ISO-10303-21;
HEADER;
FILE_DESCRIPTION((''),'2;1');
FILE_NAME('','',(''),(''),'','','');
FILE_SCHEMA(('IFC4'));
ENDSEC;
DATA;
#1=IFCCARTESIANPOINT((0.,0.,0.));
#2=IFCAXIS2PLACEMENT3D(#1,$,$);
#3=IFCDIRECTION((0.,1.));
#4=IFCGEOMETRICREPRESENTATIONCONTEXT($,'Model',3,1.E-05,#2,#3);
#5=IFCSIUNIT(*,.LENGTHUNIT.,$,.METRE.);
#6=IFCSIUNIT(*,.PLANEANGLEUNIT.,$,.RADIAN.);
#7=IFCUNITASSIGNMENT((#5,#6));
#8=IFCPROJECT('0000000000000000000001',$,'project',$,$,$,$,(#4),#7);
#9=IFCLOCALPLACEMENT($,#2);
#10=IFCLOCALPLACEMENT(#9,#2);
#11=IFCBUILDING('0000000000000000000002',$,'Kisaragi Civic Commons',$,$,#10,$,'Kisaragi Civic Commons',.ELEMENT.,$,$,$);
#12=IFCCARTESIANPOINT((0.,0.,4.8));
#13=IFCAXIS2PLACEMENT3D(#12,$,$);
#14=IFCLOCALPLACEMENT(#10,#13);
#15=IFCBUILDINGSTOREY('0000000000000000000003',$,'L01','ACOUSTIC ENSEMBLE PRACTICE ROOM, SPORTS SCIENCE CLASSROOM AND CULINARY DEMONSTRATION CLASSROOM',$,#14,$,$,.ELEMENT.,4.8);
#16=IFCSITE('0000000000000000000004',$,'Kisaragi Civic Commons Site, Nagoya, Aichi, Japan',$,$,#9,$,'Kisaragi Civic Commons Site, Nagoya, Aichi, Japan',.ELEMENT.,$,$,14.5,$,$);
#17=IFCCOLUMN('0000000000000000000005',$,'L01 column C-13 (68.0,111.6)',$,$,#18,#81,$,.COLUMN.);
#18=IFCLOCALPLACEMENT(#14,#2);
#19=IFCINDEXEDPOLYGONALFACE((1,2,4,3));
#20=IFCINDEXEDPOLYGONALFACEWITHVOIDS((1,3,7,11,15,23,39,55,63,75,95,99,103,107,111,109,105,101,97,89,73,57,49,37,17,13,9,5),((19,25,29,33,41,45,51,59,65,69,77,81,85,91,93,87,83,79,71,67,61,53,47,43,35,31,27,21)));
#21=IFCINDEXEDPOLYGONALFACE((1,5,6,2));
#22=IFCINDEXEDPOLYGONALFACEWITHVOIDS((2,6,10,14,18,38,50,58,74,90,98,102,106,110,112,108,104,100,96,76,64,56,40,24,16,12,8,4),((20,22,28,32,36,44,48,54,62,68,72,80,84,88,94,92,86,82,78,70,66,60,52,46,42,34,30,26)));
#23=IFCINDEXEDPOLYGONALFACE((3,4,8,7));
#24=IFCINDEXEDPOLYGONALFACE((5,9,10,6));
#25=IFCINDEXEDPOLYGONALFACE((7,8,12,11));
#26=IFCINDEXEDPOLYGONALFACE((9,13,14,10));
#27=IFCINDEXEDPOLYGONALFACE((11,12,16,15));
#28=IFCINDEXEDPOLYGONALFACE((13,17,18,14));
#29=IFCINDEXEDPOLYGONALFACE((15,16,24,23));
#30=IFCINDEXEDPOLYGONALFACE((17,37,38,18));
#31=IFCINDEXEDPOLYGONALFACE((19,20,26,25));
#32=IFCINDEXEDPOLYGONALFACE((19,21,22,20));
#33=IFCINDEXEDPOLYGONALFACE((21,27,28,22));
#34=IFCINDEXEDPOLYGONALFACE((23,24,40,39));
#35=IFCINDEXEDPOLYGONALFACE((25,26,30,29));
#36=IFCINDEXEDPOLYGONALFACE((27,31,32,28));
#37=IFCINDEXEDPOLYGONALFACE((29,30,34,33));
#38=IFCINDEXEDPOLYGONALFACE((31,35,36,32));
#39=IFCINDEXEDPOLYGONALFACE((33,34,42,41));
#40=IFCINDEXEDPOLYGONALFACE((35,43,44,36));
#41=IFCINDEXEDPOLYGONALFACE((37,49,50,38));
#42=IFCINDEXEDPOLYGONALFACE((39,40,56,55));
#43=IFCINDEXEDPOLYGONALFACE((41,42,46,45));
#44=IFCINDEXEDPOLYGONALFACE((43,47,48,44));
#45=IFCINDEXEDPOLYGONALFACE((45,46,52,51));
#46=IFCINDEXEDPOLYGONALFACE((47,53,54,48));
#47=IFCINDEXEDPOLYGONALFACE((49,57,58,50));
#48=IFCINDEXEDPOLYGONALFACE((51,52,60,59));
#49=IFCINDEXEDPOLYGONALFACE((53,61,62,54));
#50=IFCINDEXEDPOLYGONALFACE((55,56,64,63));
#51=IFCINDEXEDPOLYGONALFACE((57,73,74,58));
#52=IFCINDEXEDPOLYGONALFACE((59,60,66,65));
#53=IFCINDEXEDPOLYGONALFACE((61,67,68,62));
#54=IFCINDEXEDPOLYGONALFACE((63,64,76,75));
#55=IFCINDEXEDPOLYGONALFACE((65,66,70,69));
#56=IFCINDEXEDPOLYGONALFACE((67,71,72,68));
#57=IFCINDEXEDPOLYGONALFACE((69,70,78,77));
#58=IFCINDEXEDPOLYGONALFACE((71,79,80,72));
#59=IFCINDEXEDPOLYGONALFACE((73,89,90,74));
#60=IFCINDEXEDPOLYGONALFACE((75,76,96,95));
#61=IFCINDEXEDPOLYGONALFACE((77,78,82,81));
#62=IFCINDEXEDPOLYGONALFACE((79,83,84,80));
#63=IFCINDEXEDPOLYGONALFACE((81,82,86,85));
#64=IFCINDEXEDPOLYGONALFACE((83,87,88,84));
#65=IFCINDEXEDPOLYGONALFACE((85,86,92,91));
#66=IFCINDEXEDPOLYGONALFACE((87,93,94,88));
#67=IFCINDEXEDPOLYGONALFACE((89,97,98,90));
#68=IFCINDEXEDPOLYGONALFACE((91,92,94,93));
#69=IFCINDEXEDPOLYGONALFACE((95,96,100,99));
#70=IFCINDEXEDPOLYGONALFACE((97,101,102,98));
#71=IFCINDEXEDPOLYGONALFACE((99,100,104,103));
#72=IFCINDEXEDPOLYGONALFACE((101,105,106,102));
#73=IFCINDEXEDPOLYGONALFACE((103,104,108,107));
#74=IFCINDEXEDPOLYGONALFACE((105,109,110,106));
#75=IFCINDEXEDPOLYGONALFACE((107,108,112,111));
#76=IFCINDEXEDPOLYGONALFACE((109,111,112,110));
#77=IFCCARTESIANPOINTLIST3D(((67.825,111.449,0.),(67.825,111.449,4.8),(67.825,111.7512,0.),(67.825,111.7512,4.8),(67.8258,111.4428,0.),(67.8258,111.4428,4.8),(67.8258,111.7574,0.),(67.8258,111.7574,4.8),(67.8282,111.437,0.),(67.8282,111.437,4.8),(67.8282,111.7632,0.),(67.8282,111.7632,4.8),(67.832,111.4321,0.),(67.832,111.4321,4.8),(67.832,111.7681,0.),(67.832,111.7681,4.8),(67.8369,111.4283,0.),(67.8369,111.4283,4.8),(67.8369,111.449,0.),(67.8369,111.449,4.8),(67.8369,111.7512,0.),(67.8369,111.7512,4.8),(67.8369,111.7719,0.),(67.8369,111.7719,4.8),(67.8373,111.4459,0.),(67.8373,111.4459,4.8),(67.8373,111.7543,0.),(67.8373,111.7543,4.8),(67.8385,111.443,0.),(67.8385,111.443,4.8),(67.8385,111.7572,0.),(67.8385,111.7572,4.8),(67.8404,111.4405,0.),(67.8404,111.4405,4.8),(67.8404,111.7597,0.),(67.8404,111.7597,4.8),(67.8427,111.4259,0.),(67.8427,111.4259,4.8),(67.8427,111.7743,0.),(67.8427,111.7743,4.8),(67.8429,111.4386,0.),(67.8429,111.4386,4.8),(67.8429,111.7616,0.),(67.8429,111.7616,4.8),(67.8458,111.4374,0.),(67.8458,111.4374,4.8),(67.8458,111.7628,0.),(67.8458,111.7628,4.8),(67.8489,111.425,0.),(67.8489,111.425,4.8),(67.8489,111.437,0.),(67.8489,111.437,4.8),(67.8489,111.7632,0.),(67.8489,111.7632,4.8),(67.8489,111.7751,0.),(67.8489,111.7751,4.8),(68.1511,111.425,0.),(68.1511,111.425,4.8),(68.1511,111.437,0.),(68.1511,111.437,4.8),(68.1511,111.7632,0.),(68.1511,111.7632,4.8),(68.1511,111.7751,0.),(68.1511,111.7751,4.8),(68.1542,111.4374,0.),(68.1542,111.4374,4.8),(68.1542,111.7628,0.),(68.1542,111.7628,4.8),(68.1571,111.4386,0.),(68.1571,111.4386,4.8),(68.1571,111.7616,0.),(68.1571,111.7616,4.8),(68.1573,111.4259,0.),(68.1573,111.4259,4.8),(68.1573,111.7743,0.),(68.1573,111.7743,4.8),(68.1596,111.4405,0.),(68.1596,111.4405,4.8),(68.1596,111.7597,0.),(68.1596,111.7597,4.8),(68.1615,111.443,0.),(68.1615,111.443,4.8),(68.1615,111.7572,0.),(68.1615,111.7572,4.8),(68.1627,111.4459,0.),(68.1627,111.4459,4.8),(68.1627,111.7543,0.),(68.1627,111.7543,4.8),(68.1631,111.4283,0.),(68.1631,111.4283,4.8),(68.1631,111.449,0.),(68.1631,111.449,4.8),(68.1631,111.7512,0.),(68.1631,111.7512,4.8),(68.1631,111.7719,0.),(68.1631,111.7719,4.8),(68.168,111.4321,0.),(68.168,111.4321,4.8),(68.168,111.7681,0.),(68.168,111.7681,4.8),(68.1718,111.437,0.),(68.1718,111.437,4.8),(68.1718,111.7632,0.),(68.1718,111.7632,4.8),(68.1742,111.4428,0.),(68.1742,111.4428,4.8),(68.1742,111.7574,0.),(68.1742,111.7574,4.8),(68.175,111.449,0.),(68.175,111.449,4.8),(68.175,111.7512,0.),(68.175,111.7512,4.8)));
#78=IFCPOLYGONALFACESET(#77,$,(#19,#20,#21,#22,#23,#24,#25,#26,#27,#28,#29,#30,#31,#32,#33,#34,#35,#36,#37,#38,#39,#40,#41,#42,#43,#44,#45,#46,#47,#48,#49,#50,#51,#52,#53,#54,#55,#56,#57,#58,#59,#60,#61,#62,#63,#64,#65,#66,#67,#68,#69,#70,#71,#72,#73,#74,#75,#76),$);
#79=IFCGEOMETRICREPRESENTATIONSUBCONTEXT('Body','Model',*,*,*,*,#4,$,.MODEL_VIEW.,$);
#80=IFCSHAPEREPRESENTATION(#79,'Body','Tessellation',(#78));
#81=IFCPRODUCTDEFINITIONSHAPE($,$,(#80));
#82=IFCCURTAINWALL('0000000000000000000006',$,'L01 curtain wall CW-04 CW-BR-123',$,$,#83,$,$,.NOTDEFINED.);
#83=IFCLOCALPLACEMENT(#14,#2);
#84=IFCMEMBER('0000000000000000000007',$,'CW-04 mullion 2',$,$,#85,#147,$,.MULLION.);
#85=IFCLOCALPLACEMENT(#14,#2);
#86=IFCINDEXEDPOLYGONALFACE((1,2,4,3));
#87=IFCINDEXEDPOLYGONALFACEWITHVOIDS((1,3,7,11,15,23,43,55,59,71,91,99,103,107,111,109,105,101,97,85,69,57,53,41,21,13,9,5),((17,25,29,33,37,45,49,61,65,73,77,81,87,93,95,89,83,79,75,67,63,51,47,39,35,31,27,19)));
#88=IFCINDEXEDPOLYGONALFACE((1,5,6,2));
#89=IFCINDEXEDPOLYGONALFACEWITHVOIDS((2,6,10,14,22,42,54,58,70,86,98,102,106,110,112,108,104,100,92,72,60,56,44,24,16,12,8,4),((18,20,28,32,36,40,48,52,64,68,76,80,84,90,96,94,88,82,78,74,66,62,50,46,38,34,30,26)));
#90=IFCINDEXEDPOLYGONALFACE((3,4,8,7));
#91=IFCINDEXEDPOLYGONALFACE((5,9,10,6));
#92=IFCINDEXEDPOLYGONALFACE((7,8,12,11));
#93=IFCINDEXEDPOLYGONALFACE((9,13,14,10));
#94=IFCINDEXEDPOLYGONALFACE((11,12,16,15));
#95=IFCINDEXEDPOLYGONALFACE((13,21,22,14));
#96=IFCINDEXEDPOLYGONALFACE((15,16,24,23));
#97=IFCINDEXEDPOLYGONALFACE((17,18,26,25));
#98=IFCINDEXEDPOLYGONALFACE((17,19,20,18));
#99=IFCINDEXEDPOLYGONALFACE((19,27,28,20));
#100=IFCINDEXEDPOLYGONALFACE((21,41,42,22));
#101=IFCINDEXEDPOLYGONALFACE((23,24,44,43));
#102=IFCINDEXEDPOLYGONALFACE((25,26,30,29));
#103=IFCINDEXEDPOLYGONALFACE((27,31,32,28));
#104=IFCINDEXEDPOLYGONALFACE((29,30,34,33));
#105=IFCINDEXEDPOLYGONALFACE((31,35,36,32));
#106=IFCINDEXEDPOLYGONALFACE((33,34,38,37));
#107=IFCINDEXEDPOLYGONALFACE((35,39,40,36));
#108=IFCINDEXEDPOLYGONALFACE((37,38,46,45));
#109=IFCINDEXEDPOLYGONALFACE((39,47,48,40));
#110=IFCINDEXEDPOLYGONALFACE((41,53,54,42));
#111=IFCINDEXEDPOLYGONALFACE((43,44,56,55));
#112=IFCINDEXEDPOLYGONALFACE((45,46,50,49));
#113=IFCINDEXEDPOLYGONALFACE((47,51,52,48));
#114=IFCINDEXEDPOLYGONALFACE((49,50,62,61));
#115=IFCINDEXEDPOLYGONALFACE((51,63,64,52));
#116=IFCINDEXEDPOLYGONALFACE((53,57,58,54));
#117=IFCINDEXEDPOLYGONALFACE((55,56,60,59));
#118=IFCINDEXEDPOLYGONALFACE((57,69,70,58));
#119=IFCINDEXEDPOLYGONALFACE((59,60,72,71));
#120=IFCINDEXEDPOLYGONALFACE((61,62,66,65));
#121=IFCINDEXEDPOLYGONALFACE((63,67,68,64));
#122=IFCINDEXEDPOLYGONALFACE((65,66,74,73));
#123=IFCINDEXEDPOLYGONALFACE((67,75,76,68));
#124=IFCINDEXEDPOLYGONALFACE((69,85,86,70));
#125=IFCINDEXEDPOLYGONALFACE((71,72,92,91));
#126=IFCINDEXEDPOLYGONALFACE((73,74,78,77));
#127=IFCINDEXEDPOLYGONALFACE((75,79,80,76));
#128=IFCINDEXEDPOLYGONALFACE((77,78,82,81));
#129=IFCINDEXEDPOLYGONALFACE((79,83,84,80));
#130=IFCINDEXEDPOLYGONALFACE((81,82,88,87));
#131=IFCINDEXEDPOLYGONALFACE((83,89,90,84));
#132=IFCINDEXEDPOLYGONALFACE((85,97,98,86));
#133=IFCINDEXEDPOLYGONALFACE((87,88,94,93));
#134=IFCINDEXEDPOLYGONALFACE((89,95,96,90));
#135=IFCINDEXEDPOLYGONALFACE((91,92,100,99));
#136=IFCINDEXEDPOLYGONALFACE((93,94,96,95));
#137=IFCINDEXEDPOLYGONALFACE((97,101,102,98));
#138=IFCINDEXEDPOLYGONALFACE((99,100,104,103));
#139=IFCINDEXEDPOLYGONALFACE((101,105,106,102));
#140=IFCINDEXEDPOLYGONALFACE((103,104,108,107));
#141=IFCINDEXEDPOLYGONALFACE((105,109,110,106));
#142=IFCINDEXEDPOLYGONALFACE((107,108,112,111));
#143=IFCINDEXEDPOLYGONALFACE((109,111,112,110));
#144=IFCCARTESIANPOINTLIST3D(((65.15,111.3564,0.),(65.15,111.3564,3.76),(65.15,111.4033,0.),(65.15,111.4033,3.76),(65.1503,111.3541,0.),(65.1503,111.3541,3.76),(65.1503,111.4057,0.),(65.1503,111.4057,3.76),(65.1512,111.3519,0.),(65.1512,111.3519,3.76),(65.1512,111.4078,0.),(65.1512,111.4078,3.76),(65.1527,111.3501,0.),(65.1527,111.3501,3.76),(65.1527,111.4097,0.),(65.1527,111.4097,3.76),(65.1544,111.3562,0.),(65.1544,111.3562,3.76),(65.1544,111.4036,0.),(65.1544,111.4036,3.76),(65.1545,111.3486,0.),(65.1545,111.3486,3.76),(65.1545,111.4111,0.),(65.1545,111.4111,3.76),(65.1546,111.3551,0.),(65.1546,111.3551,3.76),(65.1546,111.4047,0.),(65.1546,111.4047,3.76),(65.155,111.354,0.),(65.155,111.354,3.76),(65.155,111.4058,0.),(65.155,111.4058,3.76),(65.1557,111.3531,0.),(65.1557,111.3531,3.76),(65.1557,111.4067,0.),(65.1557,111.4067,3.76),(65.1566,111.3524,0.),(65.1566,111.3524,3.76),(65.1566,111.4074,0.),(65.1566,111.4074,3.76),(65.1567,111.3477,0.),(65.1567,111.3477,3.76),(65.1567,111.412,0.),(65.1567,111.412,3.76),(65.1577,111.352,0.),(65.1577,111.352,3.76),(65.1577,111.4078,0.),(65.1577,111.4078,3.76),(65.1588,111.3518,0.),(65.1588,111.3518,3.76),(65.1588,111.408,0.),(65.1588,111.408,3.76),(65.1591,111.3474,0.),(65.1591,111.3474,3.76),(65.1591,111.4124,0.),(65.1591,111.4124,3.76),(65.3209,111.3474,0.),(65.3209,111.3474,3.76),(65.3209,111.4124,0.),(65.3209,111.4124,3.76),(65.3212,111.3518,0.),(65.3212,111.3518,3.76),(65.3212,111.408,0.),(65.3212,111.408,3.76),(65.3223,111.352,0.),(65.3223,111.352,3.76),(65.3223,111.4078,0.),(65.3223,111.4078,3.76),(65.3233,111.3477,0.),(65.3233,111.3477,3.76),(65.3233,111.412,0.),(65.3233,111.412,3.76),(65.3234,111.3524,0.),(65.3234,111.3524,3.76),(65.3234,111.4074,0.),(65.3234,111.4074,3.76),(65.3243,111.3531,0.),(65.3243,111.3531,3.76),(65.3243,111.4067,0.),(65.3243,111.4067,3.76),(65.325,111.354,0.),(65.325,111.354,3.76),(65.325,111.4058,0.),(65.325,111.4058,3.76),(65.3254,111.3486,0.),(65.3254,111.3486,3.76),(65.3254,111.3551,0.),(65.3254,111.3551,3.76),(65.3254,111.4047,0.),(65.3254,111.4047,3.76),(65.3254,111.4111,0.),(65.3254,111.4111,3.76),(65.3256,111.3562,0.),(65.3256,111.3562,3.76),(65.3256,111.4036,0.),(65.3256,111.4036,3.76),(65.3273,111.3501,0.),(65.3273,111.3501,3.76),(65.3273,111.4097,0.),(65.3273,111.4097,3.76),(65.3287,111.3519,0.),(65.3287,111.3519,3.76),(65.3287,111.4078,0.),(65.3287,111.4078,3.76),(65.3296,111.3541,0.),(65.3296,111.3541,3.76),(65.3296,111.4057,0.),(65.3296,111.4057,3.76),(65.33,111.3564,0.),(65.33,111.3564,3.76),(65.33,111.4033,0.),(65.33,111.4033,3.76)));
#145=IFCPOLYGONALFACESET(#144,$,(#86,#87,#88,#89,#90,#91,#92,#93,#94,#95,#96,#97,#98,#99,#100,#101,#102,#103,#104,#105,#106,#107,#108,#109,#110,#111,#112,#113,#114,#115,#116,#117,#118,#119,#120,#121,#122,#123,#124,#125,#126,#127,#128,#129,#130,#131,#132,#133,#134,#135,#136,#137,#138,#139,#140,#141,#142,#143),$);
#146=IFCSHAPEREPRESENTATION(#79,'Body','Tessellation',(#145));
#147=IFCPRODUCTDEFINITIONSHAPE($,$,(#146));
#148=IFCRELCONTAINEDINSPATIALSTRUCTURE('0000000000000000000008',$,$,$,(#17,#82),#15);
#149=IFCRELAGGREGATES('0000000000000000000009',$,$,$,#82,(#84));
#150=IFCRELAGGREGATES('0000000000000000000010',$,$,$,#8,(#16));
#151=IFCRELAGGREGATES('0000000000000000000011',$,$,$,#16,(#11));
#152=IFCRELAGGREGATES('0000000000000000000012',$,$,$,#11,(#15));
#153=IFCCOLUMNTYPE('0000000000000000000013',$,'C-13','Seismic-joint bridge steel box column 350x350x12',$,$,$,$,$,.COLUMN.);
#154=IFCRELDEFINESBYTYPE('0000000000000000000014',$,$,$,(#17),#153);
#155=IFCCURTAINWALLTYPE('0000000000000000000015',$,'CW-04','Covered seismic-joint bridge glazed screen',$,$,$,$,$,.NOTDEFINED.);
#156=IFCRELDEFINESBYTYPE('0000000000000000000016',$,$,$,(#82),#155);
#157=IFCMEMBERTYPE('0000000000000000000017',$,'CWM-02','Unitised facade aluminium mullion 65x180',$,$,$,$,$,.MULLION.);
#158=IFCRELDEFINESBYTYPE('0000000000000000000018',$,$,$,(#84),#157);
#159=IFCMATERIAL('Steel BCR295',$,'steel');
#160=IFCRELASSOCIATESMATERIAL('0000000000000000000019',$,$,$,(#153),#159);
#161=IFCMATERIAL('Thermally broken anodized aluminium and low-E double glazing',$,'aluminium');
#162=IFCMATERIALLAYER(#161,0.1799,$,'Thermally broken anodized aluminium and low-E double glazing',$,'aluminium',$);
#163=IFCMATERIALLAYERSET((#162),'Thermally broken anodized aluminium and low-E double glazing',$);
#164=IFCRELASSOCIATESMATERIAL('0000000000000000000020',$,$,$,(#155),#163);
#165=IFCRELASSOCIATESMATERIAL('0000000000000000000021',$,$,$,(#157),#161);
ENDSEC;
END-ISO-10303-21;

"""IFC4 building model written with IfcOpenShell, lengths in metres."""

from ifc_helpers import new_model, si_unit, direction, frame, origin, origin_2d, place, context, subcontext, project, spatial, hollow_rectangle, extrude, material, layer, layer_set, material_profile, profile_set, type_object, element, aggregate, save


model = new_model("IFC4")

# Units and contexts
model_context = context("Model", 3, precision=1e-05, world=origin(), true_north=direction((0.0, 1.0)))
body_context = subcontext(model_context, "Body", "Model", "MODEL_VIEW")
ifc_project = project(units=[si_unit("LENGTHUNIT", "METRE"), si_unit("PLANEANGLEUNIT", "RADIAN")], contexts=[model_context])

# Site, building, storey
site_placement = place(None, origin())
site = spatial("IfcSite", under=ifc_project, at=site_placement, Name="Kisaragi Civic Commons Site, Nagoya, Aichi, Japan", LongName="Kisaragi Civic Commons Site, Nagoya, Aichi, Japan", CompositionType="ELEMENT", RefElevation=14.5)
building_placement = place(site_placement, origin())
building = spatial("IfcBuilding", under=site, at=building_placement, Name="Kisaragi Civic Commons", LongName="Kisaragi Civic Commons", CompositionType="ELEMENT")
storey_placement = place(building_placement, frame((0.0, 0.0, 4.8)))
storey = spatial("IfcBuildingStorey", under=building, at=storey_placement, Name="L01", Description="ACOUSTIC ENSEMBLE PRACTICE ROOM, SPORTS SCIENCE CLASSROOM AND CULINARY DEMONSTRATION CLASSROOM", CompositionType="ELEMENT", Elevation=4.8)

# Column
ifc_material_1 = material(Name="Steel BCR295", Category="steel")
ifc_material_profile_1 = material_profile(ifc_material_1, hollow_rectangle(XDim=0.3501, YDim=0.3501, WallThickness=0.012, InnerFilletRadius=0.012, OuterFilletRadius=0.0239, at=origin_2d()), Name="BCR-350x350x12", Category="steel")
ifc_profile_set_1 = profile_set([ifc_material_profile_1], Name="Steel BCR295")
column_type = type_object("IfcColumnType", Name="C-13", Description="Seismic-joint bridge steel box column 350x350x12", PredefinedType="COLUMN", material=ifc_profile_set_1)
column_placement = place(storey_placement, frame((68.0, 111.6001, 0.0), z_axis=(0.0, 0.0, 1.0), x_axis=(1.0, 0.0, 0.0)))
element("IfcColumn", 1, at=column_placement, inside=storey, type_object=column_type, Name="L01 column C-13 (68.0,111.6)", PredefinedType="COLUMN", context=body_context, shape_type="SweptSolid", body=[
    extrude(hollow_rectangle(XDim=0.3501, YDim=0.3501, WallThickness=0.012, InnerFilletRadius=0.012, OuterFilletRadius=0.0239, at=origin_2d()), origin(), (0.0, 0.0, 1.0), 4.8),
])

# Curtain wall, member
ifc_material_2 = material(Name="Thermally broken anodized aluminium and low-E double glazing", Category="aluminium")
ifc_layer_1 = layer(ifc_material_2, 0.1799, Name="Thermally broken anodized aluminium and low-E double glazing", Category="aluminium")
ifc_layer_set_1 = layer_set([ifc_layer_1], Name="Thermally broken anodized aluminium and low-E double glazing")
curtain_wall_type = type_object("IfcCurtainWallType", Name="CW-04", Description="Covered seismic-joint bridge glazed screen", PredefinedType="NOTDEFINED", material=ifc_layer_set_1)
curtain_wall_1_placement = place(storey_placement, origin())
curtain_wall_1 = element("IfcCurtainWall", 2, at=curtain_wall_1_placement, inside=storey, type_object=curtain_wall_type, Name="L01 curtain wall CW-04 CW-BR-123", PredefinedType="NOTDEFINED")
ifc_material_profile_2 = material_profile(ifc_material_2, hollow_rectangle(XDim=0.0649, YDim=0.1799, WallThickness=0.0044, InnerFilletRadius=0.0044, OuterFilletRadius=0.009, at=origin_2d()), Name="CWM-65x180x4.5", Category="aluminium")
ifc_profile_set_2 = profile_set([ifc_material_profile_2], Name="Thermally broken anodized aluminium and low-E double glazing")
member_type_1 = type_object("IfcMemberType", Name="CWM-02", Description="Unitised facade aluminium mullion 65x180", PredefinedType="MULLION", material=ifc_profile_set_2)
member_1_placement = place(storey_placement, frame((65.24, 111.3799, 0.0), z_axis=(0.0, 0.0, 1.0), x_axis=(0.0, 1.0, 0.0)))
member_1 = element("IfcMember", 3, at=member_1_placement, type_object=member_type_1, Name="CW-04 mullion 2", PredefinedType="MULLION", context=body_context, shape_type="SweptSolid", body=[
    extrude(hollow_rectangle(XDim=0.0649, YDim=0.1799, WallThickness=0.0044, InnerFilletRadius=0.0044, OuterFilletRadius=0.009, at=origin_2d()), origin(), (0.0, 0.0, 1.0), 3.76),
])

aggregate(curtain_wall_1, [member_1])

save(model, "model.ifc")
